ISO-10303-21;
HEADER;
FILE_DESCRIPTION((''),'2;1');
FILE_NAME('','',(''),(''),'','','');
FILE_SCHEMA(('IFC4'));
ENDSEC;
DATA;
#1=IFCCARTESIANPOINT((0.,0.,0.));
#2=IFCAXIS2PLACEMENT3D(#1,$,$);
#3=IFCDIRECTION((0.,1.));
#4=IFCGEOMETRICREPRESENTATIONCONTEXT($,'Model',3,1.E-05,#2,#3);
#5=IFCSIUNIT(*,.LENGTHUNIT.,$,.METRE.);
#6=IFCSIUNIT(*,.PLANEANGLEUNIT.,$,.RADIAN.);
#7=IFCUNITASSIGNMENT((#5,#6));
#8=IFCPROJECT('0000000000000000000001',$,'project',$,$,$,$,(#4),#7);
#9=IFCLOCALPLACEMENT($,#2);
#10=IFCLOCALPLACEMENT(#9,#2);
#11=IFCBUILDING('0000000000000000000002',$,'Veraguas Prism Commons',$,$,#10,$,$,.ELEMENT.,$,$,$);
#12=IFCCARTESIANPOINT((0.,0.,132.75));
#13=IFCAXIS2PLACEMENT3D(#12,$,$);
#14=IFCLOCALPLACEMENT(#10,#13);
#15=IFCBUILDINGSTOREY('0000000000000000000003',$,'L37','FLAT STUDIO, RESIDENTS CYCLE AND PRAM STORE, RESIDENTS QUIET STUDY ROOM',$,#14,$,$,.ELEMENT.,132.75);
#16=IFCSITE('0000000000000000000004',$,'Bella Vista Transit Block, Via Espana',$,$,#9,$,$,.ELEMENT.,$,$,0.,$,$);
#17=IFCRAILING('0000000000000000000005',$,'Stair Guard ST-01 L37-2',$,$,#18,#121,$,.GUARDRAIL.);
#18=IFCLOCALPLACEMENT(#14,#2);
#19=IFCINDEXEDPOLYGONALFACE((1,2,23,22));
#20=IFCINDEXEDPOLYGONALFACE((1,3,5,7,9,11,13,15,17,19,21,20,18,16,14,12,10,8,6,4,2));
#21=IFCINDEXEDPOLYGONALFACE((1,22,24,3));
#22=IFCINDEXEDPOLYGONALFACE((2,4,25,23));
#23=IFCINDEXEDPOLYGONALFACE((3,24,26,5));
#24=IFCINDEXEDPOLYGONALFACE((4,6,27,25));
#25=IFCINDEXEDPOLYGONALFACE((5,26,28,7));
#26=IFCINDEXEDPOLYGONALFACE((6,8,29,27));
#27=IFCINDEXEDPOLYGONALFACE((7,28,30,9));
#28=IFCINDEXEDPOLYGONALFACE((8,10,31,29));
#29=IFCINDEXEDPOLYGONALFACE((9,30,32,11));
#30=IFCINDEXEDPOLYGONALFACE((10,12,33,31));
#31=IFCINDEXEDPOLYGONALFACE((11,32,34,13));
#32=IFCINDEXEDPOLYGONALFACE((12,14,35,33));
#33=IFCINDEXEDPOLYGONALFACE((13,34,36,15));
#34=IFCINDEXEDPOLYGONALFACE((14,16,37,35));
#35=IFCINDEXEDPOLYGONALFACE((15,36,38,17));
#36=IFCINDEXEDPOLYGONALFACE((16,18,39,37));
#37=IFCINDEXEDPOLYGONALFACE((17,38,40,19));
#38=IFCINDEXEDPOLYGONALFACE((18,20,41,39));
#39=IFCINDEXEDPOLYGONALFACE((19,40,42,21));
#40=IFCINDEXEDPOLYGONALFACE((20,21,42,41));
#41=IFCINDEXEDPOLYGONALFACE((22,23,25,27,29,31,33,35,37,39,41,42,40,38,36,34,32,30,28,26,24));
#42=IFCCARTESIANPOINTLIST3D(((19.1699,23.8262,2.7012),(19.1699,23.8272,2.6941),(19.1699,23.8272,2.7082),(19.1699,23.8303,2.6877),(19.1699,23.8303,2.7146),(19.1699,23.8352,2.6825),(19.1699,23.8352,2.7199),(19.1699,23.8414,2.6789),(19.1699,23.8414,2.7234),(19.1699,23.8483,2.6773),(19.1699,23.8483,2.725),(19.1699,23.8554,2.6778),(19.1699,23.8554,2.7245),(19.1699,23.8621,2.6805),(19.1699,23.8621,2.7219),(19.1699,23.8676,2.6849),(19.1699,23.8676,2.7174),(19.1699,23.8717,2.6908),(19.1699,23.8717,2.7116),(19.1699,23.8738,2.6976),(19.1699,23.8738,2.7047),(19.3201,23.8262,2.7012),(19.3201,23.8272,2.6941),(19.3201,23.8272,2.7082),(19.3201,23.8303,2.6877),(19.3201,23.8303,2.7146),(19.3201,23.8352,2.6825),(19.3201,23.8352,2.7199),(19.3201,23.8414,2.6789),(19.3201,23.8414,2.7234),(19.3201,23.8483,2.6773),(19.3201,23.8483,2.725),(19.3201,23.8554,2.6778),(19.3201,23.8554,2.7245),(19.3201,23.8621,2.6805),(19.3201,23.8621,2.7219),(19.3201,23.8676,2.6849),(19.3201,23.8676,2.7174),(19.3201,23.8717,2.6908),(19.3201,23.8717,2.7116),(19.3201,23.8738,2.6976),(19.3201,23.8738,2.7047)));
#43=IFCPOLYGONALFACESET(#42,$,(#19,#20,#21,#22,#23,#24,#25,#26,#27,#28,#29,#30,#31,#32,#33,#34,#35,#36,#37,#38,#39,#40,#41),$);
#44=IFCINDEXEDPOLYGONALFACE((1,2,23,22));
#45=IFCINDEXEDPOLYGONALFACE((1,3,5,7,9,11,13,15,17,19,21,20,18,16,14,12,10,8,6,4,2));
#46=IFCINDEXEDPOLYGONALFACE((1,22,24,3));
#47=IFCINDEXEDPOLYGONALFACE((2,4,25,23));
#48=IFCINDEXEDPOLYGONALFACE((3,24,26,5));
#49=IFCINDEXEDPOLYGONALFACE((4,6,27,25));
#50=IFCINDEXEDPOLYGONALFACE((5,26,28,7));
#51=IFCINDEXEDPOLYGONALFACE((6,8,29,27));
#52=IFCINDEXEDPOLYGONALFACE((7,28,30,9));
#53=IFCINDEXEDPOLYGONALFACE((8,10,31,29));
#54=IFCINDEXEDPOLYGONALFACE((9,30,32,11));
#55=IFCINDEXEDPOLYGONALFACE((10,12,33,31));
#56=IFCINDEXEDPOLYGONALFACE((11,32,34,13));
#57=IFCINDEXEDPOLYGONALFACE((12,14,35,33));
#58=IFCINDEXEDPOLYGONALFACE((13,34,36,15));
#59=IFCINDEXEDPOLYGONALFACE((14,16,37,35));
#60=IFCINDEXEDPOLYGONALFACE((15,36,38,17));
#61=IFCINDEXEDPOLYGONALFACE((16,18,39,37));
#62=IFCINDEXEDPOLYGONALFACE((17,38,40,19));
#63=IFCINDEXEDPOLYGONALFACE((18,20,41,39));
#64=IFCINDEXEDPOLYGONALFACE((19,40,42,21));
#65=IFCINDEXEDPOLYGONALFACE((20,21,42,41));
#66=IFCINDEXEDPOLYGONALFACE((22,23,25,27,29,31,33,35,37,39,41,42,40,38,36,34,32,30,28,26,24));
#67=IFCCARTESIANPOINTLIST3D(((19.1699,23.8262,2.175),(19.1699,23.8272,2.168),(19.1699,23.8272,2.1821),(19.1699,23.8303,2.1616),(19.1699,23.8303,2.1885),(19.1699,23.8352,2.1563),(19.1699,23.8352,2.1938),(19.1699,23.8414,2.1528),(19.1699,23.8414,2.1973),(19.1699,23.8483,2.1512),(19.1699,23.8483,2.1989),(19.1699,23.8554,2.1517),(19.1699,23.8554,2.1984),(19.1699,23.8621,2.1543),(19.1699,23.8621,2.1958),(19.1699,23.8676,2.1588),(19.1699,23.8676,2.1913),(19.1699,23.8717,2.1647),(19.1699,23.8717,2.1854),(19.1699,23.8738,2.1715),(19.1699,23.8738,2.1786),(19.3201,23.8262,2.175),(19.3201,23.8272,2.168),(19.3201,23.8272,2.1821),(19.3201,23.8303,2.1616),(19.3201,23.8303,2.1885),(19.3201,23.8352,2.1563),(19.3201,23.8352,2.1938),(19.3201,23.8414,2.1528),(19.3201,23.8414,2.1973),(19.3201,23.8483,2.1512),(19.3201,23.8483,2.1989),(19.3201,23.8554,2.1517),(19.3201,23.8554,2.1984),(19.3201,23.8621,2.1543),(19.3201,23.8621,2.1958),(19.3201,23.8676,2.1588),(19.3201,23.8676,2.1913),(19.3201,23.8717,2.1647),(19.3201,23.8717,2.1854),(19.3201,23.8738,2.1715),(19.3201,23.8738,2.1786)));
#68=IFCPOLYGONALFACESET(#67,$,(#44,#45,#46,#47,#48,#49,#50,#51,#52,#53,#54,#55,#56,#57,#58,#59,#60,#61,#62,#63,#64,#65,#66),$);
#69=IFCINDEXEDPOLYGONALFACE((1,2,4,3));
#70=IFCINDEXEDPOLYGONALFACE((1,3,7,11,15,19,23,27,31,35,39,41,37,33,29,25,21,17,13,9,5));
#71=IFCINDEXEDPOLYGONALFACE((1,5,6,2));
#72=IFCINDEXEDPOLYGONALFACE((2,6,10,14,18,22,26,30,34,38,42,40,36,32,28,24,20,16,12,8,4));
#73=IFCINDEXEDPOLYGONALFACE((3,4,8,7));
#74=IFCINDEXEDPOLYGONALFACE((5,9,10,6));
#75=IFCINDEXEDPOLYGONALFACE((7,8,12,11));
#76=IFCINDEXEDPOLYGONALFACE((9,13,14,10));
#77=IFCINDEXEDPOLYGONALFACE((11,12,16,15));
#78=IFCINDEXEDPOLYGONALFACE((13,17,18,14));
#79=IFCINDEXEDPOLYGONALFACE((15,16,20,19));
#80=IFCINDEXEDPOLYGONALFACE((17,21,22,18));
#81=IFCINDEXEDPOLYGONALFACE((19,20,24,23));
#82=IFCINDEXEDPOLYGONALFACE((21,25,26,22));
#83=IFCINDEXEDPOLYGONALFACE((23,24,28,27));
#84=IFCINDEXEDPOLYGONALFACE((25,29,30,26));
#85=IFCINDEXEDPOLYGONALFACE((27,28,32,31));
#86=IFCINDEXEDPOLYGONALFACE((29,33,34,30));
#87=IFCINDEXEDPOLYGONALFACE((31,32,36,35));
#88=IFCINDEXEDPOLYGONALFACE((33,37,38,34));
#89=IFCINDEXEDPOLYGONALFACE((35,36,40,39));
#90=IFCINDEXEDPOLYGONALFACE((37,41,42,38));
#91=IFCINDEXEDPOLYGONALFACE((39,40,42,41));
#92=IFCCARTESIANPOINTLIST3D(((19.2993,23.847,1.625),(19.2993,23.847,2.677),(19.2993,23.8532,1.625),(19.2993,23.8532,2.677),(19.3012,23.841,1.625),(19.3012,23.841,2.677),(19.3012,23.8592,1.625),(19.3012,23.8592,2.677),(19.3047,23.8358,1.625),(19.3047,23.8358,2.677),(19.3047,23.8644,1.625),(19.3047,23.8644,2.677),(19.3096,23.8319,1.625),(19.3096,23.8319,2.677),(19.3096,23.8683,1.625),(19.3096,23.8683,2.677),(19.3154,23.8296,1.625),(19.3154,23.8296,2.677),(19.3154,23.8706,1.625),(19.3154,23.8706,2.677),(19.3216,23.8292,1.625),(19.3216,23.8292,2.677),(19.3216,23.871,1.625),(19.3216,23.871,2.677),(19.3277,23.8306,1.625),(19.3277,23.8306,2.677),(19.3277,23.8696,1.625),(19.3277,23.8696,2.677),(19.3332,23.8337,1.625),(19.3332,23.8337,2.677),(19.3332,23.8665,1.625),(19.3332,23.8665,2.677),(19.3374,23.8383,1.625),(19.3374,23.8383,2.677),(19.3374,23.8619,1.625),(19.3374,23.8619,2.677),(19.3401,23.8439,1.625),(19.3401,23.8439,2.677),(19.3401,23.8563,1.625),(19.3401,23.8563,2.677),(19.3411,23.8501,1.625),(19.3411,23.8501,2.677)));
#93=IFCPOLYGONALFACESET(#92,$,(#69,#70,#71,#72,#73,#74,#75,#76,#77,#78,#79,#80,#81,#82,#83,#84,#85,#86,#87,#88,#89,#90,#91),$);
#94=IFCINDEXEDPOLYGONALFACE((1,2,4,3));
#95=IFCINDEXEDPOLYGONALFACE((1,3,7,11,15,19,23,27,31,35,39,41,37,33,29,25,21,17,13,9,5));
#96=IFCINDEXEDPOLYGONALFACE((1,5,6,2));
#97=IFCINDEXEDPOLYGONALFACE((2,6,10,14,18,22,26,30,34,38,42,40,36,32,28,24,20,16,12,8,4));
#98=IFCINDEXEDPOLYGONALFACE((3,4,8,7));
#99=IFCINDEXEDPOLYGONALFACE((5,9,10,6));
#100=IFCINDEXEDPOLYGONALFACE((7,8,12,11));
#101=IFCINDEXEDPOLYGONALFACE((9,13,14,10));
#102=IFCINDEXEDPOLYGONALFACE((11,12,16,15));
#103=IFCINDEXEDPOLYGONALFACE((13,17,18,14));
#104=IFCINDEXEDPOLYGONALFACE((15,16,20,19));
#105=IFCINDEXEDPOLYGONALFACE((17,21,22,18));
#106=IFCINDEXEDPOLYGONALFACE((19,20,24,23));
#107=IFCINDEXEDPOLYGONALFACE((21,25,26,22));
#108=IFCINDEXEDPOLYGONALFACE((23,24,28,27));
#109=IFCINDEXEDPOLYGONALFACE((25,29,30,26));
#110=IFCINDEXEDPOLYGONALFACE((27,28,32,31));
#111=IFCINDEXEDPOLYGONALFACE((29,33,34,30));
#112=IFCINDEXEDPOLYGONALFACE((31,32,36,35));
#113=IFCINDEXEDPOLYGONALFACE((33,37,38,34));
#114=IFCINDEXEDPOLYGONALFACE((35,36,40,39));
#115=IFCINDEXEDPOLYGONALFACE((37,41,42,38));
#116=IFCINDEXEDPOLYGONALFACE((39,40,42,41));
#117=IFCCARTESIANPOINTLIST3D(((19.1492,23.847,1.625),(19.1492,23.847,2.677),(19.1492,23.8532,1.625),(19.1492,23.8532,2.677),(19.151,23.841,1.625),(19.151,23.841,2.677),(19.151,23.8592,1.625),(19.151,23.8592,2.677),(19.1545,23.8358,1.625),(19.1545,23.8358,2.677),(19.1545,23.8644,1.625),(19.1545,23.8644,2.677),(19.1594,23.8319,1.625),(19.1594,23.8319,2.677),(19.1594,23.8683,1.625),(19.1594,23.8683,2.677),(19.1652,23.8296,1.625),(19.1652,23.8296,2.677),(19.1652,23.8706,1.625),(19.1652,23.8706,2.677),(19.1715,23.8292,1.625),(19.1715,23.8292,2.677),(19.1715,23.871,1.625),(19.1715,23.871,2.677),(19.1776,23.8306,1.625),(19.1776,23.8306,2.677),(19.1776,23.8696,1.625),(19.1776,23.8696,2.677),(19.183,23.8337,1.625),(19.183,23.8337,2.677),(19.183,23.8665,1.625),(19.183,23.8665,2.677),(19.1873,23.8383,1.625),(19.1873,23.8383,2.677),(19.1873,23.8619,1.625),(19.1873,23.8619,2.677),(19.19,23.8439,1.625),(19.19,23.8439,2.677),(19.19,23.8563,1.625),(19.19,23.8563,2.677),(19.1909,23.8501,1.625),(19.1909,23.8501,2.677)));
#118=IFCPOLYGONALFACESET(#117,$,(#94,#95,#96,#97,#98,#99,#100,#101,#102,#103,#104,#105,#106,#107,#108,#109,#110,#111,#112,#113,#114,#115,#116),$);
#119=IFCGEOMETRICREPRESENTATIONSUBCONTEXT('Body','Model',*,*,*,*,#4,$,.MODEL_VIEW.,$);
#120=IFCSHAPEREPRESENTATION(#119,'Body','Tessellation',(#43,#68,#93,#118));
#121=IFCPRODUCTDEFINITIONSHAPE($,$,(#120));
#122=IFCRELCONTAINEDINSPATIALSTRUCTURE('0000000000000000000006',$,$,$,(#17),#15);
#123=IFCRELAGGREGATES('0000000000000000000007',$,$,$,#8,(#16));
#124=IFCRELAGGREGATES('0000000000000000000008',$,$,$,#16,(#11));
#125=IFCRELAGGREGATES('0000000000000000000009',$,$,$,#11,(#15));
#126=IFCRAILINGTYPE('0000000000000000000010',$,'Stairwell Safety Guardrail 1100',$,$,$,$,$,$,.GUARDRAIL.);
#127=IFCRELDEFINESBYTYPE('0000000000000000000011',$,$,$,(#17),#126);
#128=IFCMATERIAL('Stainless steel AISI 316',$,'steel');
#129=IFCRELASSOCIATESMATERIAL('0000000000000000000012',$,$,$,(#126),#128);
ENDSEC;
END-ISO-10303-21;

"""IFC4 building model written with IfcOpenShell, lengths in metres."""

from ifc_helpers import new_model, si_unit, direction, frame, origin, origin_2d, place, context, subcontext, project, spatial, circle, extrude, material, type_object, element, save


model = new_model("IFC4")

# Units and contexts
model_context = context("Model", 3, precision=1e-05, world=origin(), true_north=direction((0.0, 1.0)))
body_context = subcontext(model_context, "Body", "Model", "MODEL_VIEW")
ifc_project = project(units=[si_unit("LENGTHUNIT", "METRE"), si_unit("PLANEANGLEUNIT", "RADIAN")], contexts=[model_context])

# Site, building, storey
site_placement = place(None, origin())
site = spatial("IfcSite", under=ifc_project, at=site_placement, Name="Bella Vista Transit Block, Via Espana", CompositionType="ELEMENT", RefElevation=0.0)
building_placement = place(site_placement, origin())
building = spatial("IfcBuilding", under=site, at=building_placement, Name="Veraguas Prism Commons", CompositionType="ELEMENT")
storey_placement = place(building_placement, frame((0.0, 0.0, 132.75)))
storey = spatial("IfcBuildingStorey", under=building, at=storey_placement, Name="L37", Description="FLAT STUDIO, RESIDENTS CYCLE AND PRAM STORE, RESIDENTS QUIET STUDY ROOM", CompositionType="ELEMENT", Elevation=132.75)

# Railing
ifc_material_1 = material(Name="Stainless steel AISI 316", Category="steel")
railing_type_1 = type_object("IfcRailingType", Name="Stairwell Safety Guardrail 1100", PredefinedType="GUARDRAIL", material=ifc_material_1)
railing_1_placement = place(storey_placement, frame((19.3201, 23.8501, 1.625)))
element("IfcRailing", 1, at=railing_1_placement, inside=storey, type_object=railing_type_1, Name="Stair Guard ST-01 L37-2", PredefinedType="GUARDRAIL", context=body_context, shape_type="SweptSolid", body=[
    extrude(circle(Radius=0.0239, at=origin_2d()), frame((0.0, 0.0, 1.0762), z_axis=(-1.0, 0.0, 0.0), x_axis=(0.0, -1.0, 0.0)), (0.0, 0.0, 1.0), 0.1501),
    extrude(circle(Radius=0.0239, at=origin_2d()), frame((0.0, 0.0, 0.55), z_axis=(-1.0, 0.0, 0.0), x_axis=(0.0, -1.0, 0.0)), (0.0, 0.0, 1.0), 0.1501),
    extrude(circle(Radius=0.021, at=origin_2d()), origin(), (0.0, 0.0, 1.0), 1.052),
    extrude(circle(Radius=0.021, at=origin_2d()), frame((-0.1501, 0.0, 0.0)), (0.0, 0.0, 1.0), 1.052),
])

save(model, "model.ifc")
